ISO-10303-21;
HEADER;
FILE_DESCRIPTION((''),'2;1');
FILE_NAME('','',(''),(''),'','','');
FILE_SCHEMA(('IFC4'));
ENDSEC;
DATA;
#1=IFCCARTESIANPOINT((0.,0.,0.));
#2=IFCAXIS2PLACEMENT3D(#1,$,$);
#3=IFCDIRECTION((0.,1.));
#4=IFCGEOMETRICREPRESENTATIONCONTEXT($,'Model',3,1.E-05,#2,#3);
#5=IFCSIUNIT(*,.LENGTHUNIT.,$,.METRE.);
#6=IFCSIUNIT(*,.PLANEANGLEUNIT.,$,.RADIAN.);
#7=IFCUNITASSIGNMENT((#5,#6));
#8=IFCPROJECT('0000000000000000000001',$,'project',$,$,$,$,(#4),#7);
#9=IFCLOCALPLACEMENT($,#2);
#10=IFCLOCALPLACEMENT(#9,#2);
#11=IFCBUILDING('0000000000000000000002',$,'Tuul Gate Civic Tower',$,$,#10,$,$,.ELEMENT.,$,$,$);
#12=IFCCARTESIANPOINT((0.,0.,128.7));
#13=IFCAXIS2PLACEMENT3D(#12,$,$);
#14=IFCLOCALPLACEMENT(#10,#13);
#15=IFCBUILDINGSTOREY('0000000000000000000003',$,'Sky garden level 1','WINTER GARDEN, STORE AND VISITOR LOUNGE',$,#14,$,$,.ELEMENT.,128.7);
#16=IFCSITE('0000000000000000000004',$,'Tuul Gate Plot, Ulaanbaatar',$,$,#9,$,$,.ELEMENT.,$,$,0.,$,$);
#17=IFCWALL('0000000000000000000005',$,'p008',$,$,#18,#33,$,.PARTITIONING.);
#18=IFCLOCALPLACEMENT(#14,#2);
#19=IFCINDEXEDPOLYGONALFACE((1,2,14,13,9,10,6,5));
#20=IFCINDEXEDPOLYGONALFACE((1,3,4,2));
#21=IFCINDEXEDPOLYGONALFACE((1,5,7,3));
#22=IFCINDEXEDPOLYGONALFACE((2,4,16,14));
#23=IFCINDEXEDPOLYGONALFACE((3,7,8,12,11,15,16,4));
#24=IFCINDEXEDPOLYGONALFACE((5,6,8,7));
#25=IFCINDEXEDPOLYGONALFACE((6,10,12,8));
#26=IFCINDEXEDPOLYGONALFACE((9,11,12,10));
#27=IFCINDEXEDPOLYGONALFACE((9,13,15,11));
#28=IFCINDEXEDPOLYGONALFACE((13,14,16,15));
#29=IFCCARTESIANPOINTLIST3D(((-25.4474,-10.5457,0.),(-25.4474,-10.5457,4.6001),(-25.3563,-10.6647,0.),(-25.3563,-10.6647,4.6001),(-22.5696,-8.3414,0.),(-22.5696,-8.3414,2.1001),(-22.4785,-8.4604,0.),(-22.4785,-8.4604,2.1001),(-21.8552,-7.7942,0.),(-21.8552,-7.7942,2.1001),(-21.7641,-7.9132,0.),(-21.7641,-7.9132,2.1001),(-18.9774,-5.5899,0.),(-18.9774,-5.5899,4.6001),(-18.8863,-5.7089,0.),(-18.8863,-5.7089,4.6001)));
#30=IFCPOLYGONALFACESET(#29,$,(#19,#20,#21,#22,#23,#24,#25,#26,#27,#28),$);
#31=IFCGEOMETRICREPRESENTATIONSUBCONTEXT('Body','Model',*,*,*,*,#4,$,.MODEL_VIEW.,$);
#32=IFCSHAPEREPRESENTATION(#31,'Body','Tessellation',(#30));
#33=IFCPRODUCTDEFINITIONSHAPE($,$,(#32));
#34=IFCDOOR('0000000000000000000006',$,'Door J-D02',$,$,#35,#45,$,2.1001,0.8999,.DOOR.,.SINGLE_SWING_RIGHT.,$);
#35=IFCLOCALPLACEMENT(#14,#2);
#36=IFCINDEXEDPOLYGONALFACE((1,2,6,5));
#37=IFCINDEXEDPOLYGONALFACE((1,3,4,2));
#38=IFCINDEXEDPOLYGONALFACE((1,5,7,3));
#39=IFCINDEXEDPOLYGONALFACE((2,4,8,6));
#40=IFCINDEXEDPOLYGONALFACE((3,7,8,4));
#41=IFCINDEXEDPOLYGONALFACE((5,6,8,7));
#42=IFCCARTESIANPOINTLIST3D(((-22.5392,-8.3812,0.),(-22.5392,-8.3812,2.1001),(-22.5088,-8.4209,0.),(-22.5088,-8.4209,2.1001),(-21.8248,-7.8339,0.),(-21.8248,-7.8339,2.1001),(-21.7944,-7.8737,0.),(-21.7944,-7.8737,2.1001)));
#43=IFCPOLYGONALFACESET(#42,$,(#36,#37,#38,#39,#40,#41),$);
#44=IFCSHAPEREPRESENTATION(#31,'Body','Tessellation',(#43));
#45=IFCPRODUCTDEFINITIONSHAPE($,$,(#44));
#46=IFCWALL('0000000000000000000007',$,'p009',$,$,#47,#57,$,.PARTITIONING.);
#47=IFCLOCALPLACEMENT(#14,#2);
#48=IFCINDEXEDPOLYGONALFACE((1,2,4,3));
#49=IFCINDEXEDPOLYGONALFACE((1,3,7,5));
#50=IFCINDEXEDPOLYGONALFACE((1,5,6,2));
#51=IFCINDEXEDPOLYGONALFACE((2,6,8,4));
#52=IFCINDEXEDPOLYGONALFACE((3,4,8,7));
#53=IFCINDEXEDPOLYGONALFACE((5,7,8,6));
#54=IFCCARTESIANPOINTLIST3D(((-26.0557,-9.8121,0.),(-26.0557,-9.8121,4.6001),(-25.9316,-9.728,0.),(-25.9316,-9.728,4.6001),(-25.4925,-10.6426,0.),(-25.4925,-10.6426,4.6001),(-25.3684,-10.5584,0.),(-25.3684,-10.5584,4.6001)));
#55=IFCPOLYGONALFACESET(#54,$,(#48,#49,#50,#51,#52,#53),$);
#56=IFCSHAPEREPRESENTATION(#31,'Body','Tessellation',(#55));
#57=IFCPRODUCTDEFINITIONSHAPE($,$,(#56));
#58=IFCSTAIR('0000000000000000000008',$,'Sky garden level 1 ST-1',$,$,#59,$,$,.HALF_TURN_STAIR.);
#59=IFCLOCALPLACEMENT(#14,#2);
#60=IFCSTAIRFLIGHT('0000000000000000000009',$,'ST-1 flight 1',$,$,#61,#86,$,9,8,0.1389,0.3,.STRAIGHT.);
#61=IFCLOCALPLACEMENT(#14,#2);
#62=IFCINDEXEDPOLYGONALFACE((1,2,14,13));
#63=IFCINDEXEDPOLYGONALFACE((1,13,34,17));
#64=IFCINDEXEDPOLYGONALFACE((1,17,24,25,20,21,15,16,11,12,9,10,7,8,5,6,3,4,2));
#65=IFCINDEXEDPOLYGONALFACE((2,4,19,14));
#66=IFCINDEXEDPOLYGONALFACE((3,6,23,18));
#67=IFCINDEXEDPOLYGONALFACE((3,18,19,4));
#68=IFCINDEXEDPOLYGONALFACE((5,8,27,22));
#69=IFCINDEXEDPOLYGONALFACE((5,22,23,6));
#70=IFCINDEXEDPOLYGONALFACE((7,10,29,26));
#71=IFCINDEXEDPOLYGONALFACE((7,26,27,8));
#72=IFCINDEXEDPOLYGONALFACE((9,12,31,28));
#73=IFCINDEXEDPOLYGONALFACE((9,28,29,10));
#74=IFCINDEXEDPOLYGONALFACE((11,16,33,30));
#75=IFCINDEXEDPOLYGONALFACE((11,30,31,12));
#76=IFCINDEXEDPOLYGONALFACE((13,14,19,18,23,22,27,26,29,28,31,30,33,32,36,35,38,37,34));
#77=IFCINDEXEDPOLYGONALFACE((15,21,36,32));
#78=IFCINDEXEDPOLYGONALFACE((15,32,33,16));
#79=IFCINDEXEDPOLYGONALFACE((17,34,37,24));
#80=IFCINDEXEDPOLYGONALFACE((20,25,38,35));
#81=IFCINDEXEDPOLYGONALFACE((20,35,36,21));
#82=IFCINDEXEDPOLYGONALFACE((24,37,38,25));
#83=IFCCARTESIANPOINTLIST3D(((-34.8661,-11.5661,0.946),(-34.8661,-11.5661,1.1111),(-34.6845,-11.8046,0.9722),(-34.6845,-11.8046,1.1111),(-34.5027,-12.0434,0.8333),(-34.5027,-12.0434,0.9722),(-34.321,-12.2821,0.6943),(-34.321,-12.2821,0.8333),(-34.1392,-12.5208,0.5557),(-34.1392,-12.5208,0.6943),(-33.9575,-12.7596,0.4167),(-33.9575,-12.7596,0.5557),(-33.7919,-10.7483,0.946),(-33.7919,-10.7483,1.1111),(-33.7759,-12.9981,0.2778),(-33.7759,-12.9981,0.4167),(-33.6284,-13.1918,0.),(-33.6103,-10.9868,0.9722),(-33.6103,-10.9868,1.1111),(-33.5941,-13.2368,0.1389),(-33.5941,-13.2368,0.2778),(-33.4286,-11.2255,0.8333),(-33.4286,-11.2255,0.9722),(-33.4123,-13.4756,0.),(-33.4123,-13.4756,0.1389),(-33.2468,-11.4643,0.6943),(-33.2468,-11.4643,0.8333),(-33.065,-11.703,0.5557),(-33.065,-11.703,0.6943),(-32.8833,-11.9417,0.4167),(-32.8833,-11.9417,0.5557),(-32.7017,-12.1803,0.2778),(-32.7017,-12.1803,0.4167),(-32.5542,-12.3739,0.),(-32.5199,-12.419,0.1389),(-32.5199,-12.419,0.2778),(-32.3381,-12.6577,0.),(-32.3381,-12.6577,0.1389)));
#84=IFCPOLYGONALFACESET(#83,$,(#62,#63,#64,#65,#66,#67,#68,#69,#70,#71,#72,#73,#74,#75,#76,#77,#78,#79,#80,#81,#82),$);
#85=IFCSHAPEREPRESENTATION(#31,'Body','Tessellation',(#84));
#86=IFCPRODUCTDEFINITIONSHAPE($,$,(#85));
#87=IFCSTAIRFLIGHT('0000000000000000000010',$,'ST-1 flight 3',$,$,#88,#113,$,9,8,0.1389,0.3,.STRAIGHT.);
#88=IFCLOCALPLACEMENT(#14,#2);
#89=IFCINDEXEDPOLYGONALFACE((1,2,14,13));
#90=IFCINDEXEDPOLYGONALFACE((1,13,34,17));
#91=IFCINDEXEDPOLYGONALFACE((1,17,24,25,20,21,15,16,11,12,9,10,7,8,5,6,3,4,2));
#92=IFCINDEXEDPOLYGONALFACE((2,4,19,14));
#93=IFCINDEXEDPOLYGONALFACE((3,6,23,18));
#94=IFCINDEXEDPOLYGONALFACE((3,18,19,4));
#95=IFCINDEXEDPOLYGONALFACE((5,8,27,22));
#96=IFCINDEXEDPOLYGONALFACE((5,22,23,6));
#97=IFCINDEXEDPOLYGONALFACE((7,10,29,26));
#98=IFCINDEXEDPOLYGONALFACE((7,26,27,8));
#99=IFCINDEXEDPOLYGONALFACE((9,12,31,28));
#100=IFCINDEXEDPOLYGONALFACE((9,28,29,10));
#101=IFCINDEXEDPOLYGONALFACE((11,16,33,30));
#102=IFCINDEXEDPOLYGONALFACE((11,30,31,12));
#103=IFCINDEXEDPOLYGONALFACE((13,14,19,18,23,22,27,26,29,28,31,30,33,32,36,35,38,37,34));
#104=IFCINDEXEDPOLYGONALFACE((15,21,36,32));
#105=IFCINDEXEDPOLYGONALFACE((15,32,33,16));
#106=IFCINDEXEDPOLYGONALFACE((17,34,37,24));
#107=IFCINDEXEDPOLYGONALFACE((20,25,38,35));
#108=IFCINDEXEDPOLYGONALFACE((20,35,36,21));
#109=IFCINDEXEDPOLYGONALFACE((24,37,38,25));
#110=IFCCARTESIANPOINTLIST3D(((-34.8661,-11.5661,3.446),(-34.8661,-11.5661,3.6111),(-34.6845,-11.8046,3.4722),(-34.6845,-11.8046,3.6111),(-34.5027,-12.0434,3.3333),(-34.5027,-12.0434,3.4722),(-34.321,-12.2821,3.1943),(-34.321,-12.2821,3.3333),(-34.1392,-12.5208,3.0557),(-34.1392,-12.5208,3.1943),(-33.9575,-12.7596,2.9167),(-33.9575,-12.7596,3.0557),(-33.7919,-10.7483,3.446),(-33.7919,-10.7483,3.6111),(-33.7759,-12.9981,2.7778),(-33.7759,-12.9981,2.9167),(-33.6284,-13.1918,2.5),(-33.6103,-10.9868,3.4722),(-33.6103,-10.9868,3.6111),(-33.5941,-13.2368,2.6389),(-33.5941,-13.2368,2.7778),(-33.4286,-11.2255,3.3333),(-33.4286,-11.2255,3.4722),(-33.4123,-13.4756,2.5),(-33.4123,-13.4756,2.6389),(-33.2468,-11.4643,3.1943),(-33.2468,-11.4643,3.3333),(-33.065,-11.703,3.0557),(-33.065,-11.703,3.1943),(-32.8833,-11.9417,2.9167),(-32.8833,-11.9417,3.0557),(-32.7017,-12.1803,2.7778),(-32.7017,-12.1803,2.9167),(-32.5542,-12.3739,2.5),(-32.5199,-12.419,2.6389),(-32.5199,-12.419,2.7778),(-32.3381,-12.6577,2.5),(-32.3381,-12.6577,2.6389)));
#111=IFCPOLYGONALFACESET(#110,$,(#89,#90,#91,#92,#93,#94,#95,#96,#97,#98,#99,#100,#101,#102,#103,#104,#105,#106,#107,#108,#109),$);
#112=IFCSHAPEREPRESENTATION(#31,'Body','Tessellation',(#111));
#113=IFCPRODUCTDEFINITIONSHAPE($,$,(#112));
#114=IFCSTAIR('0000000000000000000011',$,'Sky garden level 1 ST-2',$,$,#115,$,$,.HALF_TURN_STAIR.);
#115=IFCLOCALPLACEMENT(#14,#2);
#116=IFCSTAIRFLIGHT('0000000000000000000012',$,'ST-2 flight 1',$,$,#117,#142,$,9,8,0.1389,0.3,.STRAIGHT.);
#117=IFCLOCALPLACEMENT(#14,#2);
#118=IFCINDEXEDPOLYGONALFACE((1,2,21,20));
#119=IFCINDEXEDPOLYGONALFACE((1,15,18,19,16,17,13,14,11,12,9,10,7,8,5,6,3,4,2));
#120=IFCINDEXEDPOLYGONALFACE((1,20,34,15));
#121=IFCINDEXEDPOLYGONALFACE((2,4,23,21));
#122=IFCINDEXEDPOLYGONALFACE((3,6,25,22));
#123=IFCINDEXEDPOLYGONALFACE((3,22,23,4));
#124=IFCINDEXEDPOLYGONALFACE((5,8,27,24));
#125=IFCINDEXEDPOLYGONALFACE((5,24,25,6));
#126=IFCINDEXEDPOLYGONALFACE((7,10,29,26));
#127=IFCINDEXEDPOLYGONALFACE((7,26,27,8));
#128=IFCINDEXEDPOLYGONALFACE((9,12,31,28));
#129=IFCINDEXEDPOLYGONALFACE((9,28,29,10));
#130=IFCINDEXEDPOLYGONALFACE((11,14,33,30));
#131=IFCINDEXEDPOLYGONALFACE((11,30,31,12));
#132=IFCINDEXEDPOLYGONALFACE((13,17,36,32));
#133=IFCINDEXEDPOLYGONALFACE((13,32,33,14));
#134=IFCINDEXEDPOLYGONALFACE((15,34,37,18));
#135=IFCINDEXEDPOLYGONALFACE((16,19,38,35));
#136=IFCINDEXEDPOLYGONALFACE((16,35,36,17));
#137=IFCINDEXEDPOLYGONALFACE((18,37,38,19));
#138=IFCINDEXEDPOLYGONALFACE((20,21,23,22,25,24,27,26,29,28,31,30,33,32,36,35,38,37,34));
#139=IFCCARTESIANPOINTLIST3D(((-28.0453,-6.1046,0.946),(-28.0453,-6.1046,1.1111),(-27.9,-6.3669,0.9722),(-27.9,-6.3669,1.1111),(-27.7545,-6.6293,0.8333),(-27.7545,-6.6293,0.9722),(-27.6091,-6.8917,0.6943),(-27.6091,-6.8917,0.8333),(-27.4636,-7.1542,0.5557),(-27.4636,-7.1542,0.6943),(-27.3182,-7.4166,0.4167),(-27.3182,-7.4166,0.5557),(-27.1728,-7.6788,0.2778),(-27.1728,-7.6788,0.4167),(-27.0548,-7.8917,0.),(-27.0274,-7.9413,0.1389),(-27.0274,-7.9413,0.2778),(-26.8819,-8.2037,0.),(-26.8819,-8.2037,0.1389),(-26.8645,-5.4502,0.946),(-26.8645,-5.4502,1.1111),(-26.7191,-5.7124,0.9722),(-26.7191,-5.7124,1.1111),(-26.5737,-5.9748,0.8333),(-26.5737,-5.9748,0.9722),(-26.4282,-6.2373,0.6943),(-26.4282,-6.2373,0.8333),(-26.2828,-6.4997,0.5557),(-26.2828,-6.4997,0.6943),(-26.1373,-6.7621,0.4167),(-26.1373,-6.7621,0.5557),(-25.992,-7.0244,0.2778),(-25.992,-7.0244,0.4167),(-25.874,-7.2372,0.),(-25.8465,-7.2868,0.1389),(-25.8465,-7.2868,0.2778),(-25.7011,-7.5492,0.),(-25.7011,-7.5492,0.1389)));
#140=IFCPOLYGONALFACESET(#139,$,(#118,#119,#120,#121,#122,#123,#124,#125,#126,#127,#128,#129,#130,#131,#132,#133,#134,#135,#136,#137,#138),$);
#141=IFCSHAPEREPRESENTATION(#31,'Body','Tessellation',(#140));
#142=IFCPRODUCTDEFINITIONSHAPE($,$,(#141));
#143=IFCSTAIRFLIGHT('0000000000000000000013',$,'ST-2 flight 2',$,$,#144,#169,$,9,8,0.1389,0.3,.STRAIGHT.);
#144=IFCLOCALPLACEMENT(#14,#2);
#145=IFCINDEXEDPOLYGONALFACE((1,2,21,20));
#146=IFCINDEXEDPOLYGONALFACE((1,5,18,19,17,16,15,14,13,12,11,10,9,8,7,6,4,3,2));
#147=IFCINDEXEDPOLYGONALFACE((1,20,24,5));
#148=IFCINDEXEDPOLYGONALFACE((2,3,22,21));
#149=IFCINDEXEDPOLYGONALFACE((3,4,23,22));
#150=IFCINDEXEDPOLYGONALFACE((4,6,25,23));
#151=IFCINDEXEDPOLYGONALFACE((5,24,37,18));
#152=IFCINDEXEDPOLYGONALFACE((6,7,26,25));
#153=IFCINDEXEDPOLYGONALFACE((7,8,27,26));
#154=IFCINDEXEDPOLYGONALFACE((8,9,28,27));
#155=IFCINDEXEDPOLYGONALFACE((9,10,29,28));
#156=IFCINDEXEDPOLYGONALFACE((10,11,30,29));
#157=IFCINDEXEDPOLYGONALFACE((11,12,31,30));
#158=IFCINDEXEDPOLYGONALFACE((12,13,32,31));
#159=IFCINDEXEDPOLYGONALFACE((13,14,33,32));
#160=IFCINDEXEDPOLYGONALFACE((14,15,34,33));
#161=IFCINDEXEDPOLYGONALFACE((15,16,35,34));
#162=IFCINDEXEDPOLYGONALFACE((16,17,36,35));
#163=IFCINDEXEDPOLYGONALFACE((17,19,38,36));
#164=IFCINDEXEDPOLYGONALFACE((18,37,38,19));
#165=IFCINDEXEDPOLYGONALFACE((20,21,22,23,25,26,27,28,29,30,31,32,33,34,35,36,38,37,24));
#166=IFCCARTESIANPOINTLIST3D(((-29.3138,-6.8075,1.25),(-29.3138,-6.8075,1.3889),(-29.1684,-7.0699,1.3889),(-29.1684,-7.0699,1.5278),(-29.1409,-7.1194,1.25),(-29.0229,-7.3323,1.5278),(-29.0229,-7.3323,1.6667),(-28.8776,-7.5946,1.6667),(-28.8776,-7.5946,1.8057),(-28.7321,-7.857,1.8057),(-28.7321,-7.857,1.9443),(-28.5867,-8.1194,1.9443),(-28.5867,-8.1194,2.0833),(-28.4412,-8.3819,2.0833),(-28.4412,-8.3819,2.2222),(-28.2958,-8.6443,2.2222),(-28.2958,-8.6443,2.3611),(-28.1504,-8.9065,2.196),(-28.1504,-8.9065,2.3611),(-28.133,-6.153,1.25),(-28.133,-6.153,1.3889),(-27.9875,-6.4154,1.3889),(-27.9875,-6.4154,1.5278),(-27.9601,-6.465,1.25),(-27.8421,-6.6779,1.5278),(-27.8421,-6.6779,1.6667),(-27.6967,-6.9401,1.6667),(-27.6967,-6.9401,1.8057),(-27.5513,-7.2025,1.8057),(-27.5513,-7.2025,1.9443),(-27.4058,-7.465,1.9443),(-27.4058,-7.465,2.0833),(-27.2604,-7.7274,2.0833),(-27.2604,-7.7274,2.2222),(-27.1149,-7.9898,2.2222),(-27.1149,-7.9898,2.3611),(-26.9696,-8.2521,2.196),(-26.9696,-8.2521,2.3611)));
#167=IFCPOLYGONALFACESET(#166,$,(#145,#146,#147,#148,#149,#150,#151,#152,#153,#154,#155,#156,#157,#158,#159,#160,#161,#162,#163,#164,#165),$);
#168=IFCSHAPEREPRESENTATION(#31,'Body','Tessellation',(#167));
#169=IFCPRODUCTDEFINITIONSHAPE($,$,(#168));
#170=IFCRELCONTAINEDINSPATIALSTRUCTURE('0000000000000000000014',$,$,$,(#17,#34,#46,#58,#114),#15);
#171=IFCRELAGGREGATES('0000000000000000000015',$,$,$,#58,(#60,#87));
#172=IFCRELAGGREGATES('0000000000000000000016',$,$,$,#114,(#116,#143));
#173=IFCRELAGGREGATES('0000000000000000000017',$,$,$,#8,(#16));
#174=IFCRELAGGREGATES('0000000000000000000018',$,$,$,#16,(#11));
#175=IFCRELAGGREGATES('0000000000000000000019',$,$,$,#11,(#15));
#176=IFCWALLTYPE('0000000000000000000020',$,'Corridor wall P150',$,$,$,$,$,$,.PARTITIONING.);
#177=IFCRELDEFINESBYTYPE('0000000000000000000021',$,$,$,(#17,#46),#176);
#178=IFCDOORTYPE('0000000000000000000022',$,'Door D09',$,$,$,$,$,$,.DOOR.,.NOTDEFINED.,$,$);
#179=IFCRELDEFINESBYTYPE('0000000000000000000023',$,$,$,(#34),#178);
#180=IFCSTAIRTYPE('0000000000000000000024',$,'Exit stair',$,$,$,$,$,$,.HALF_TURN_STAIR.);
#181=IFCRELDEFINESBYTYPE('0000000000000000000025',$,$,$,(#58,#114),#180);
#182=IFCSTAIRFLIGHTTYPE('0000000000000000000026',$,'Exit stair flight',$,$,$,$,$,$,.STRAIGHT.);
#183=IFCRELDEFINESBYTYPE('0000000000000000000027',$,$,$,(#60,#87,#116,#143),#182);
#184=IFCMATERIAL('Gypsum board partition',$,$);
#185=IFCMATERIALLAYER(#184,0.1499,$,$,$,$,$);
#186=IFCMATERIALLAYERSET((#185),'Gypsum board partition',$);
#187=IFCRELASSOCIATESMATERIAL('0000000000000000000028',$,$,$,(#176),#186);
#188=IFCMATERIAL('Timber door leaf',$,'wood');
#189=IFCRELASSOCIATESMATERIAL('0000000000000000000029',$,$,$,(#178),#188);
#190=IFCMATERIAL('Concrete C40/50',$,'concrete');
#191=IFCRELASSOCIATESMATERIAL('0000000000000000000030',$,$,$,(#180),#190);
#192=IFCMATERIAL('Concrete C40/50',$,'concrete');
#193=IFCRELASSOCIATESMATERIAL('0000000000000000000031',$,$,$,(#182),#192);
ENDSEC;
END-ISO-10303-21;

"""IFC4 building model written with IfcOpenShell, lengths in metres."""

from ifc_helpers import new_model, si_unit, direction, frame, frame_2d, origin, place, context, subcontext, project, spatial, polyline, rectangle, outline, extrude, material, layer, layer_set, type_object, element, fill, aggregate, save


model = new_model("IFC4")

# Units and contexts
model_context = context("Model", 3, precision=1e-05, world=origin(), true_north=direction((0.0, 1.0)))
body_context = subcontext(model_context, "Body", "Model", "MODEL_VIEW")
ifc_project = project(units=[si_unit("LENGTHUNIT", "METRE"), si_unit("PLANEANGLEUNIT", "RADIAN")], contexts=[model_context])

# Site, building, storey
site_placement = place(None, origin())
site = spatial("IfcSite", under=ifc_project, at=site_placement, Name="Tuul Gate Plot, Ulaanbaatar", CompositionType="ELEMENT", RefElevation=0.0)
building_placement = place(site_placement, origin())
building = spatial("IfcBuilding", under=site, at=building_placement, Name="Tuul Gate Civic Tower", CompositionType="ELEMENT")
storey_placement = place(building_placement, frame((0.0, 0.0, 128.7)))
storey = spatial("IfcBuildingStorey", under=building, at=storey_placement, Name="Sky garden level 1", Description="WINTER GARDEN, STORE AND VISITOR LOUNGE", CompositionType="ELEMENT", Elevation=128.7)

# Wall, opening, door
ifc_material_1 = material(Name="Gypsum board partition")
ifc_layer_1 = layer(ifc_material_1, 0.1499)
ifc_layer_set_1 = layer_set([ifc_layer_1], Name="Gypsum board partition")
wall_type_1 = type_object("IfcWallType", Name="Corridor wall P150", PredefinedType="PARTITIONING", material=ifc_layer_set_1)
wall_1_placement = place(storey_placement, frame((-25.4019, -10.6052, 0.0), z_axis=(0.0, 0.0, 1.0), x_axis=(0.793873, 0.608084, 0.0)))
wall_1 = element("IfcWall", 1, at=wall_1_placement, inside=storey, type_object=wall_type_1, Name="p008", PredefinedType="PARTITIONING", context=body_context, shape_type="SweptSolid", body=[
    extrude(rectangle(XDim=8.1499, YDim=0.1499, at=frame_2d((4.075, 0.0))), origin(), (0.0, 0.0, 1.0), 4.6001),
])
opening_1_placement = place(wall_1_placement, frame((3.625, 0.0, 0.0)))
opening_1 = element("IfcOpeningElement", 2, at=opening_1_placement, cuts=wall_1, PredefinedType="OPENING", context=body_context, shape_type="SweptSolid", body=[
    extrude(rectangle(XDim=0.8999, YDim=2.1001, at=frame_2d((0.45, 1.05))), frame((0.0, 0.085, 0.0), z_axis=(0.0, -1.0, 0.0), x_axis=(1.0, 0.0, 0.0)), (0.0, 0.0, 1.0), 0.1699),
])
ifc_material_2 = material(Name="Timber door leaf", Category="wood")
door_type_1 = type_object("IfcDoorType", Name="Door D09", OperationType="NOTDEFINED", PredefinedType="DOOR", material=ifc_material_2)
door_1_placement = place(opening_1_placement, origin())
door_1 = element("IfcDoor", 3, at=door_1_placement, inside=storey, type_object=door_type_1, Name="Door J-D02", OperationType="SINGLE_SWING_RIGHT", OverallHeight=2.1001, OverallWidth=0.8999, PredefinedType="DOOR", context=body_context, shape_type="SweptSolid", body=[
    extrude(rectangle(XDim=0.8999, YDim=2.1001, at=frame_2d((0.45, 1.05))), frame((0.0, 0.0249, 0.0), z_axis=(0.0, -1.0, 0.0), x_axis=(1.0, 0.0, 0.0)), (0.0, 0.0, 1.0), 0.05),
])
fill(opening_1, door_1)

# Wall
wall_2_placement = place(storey_placement, frame((-25.9937, -9.77, 0.0), z_axis=(0.0, 0.0, 1.0), x_axis=(0.561252, -0.827645, 0.0)))
element("IfcWall", 4, at=wall_2_placement, inside=storey, type_object=wall_type_1, Name="p009", PredefinedType="PARTITIONING", context=body_context, shape_type="SweptSolid", body=[
    extrude(rectangle(XDim=1.0034, YDim=0.1499, at=frame_2d((0.5017, 0.0))), origin(), (0.0, 0.0, 1.0), 4.6001),
])

# Stairs, stair flights
ifc_material_3 = material(Name="Concrete C40/50", Category="concrete")
stair_type = type_object("IfcStairType", Name="Exit stair", PredefinedType="HALF_TURN_STAIR", material=ifc_material_3)
stair_1_placement = place(storey_placement, origin())
stair_1 = element("IfcStair", 5, at=stair_1_placement, inside=storey, type_object=stair_type, Name="Sky garden level 1 ST-1", PredefinedType="HALF_TURN_STAIR")
ifc_material_4 = material(Name="Concrete C40/50", Category="concrete")
stair_flight_type = type_object("IfcStairFlightType", Name="Exit stair flight", PredefinedType="STRAIGHT", material=ifc_material_4)
stair_flight_1_placement = place(storey_placement, frame((-32.8752, -13.0667, 0.0), z_axis=(0.0, 0.0, 1.0), x_axis=(-0.605764, 0.795644, 0.0)))
stair_flight_1 = element("IfcStairFlight", 6, at=stair_flight_1_placement, type_object=stair_flight_type, Name="ST-1 flight 1", NumberOfRisers=9, NumberOfTreads=8, PredefinedType="STRAIGHT", RiserHeight=0.1389, TreadLength=0.3, context=body_context, shape_type="SweptSolid", body=[
    extrude(outline(polyline([(0.0, 0.0), (0.0, 0.1389), (0.3, 0.1389), (0.3, 0.2778), (0.6001, 0.2778), (0.6001, 0.4167), (0.8999, 0.4167), (0.8999, 0.5557), (1.2, 0.5557), (1.2, 0.6943), (1.5, 0.6943), (1.5, 0.8333), (1.8, 0.8333), (1.8, 0.9722), (2.1001, 0.9722), (2.1001, 1.1111), (2.3999, 1.1111), (2.3999, 1.25), (2.3999, 0.946), (0.3567, 0.0), (0.0, 0.0)])), frame((0.0, 0.675, 0.0), z_axis=(0.0, -1.0, 0.0), x_axis=(1.0, 0.0, 0.0)), (0.0, 0.0, 1.0), 1.3501),
])
stair_flight_2_placement = place(storey_placement, frame((-32.8752, -13.0667, 2.5), z_axis=(0.0, 0.0, 1.0), x_axis=(-0.605764, 0.795644, 0.0)))
stair_flight_2 = element("IfcStairFlight", 7, at=stair_flight_2_placement, type_object=stair_flight_type, Name="ST-1 flight 3", NumberOfRisers=9, NumberOfTreads=8, PredefinedType="STRAIGHT", RiserHeight=0.1389, TreadLength=0.3, context=body_context, shape_type="SweptSolid", body=[
    extrude(outline(polyline([(0.0, 0.0), (0.0, 0.1389), (0.3, 0.1389), (0.3, 0.2778), (0.6001, 0.2778), (0.6001, 0.4167), (0.8999, 0.4167), (0.8999, 0.5557), (1.2, 0.5557), (1.2, 0.6943), (1.5, 0.6943), (1.5, 0.8333), (1.8, 0.8333), (1.8, 0.9722), (2.1001, 0.9722), (2.1001, 1.1111), (2.3999, 1.1111), (2.3999, 1.25), (2.3999, 0.946), (0.3567, 0.0), (0.0, 0.0)])), frame((0.0, 0.675, 0.0), z_axis=(0.0, -1.0, 0.0), x_axis=(1.0, 0.0, 0.0)), (0.0, 0.0, 1.0), 1.3501),
])
aggregate(stair_1, [stair_flight_1, stair_flight_2])
stair_2_placement = place(storey_placement, origin())
stair_2 = element("IfcStair", 8, at=stair_2_placement, inside=storey, type_object=stair_type, Name="Sky garden level 1 ST-2", PredefinedType="HALF_TURN_STAIR")
stair_flight_3_placement = place(storey_placement, frame((-26.2915, -7.8765, 0.0), z_axis=(0.0, 0.0, 1.0), x_axis=(-0.484762, 0.874646, 0.0)))
stair_flight_3 = element("IfcStairFlight", 9, at=stair_flight_3_placement, type_object=stair_flight_type, Name="ST-2 flight 1", NumberOfRisers=9, NumberOfTreads=8, PredefinedType="STRAIGHT", RiserHeight=0.1389, TreadLength=0.3, context=body_context, shape_type="SweptSolid", body=[
    extrude(outline(polyline([(0.0, 0.0), (0.0, 0.1389), (0.3, 0.1389), (0.3, 0.2778), (0.6001, 0.2778), (0.6001, 0.4167), (0.8999, 0.4167), (0.8999, 0.5557), (1.2, 0.5557), (1.2, 0.6943), (1.5, 0.6943), (1.5, 0.8333), (1.8, 0.8333), (1.8, 0.9722), (2.1001, 0.9722), (2.1001, 1.1111), (2.3999, 1.1111), (2.3999, 1.25), (2.3999, 0.946), (0.3567, 0.0), (0.0, 0.0)])), frame((0.0, 0.675, 0.0), z_axis=(0.0, -1.0, 0.0), x_axis=(1.0, 0.0, 0.0)), (0.0, 0.0, 1.0), 1.3501),
])
stair_flight_4_placement = place(storey_placement, frame((-28.7234, -6.4802, 1.25), z_axis=(0.0, 0.0, 1.0), x_axis=(0.484762, -0.874646, 0.0)))
stair_flight_4 = element("IfcStairFlight", 10, at=stair_flight_4_placement, type_object=stair_flight_type, Name="ST-2 flight 2", NumberOfRisers=9, NumberOfTreads=8, PredefinedType="STRAIGHT", RiserHeight=0.1389, TreadLength=0.3, context=body_context, shape_type="SweptSolid", body=[
    extrude(outline(polyline([(0.0, 0.0), (0.0, 0.1389), (0.3, 0.1389), (0.3, 0.2778), (0.6001, 0.2778), (0.6001, 0.4167), (0.8999, 0.4167), (0.8999, 0.5557), (1.2, 0.5557), (1.2, 0.6943), (1.5, 0.6943), (1.5, 0.8333), (1.8, 0.8333), (1.8, 0.9722), (2.1001, 0.9722), (2.1001, 1.1111), (2.3999, 1.1111), (2.3999, 1.25), (2.3999, 0.946), (0.3567, 0.0), (0.0, 0.0)])), frame((0.0, 0.675, 0.0), z_axis=(0.0, -1.0, 0.0), x_axis=(1.0, 0.0, 0.0)), (0.0, 0.0, 1.0), 1.3501),
])
aggregate(stair_2, [stair_flight_3, stair_flight_4])

save(model, "model.ifc")
